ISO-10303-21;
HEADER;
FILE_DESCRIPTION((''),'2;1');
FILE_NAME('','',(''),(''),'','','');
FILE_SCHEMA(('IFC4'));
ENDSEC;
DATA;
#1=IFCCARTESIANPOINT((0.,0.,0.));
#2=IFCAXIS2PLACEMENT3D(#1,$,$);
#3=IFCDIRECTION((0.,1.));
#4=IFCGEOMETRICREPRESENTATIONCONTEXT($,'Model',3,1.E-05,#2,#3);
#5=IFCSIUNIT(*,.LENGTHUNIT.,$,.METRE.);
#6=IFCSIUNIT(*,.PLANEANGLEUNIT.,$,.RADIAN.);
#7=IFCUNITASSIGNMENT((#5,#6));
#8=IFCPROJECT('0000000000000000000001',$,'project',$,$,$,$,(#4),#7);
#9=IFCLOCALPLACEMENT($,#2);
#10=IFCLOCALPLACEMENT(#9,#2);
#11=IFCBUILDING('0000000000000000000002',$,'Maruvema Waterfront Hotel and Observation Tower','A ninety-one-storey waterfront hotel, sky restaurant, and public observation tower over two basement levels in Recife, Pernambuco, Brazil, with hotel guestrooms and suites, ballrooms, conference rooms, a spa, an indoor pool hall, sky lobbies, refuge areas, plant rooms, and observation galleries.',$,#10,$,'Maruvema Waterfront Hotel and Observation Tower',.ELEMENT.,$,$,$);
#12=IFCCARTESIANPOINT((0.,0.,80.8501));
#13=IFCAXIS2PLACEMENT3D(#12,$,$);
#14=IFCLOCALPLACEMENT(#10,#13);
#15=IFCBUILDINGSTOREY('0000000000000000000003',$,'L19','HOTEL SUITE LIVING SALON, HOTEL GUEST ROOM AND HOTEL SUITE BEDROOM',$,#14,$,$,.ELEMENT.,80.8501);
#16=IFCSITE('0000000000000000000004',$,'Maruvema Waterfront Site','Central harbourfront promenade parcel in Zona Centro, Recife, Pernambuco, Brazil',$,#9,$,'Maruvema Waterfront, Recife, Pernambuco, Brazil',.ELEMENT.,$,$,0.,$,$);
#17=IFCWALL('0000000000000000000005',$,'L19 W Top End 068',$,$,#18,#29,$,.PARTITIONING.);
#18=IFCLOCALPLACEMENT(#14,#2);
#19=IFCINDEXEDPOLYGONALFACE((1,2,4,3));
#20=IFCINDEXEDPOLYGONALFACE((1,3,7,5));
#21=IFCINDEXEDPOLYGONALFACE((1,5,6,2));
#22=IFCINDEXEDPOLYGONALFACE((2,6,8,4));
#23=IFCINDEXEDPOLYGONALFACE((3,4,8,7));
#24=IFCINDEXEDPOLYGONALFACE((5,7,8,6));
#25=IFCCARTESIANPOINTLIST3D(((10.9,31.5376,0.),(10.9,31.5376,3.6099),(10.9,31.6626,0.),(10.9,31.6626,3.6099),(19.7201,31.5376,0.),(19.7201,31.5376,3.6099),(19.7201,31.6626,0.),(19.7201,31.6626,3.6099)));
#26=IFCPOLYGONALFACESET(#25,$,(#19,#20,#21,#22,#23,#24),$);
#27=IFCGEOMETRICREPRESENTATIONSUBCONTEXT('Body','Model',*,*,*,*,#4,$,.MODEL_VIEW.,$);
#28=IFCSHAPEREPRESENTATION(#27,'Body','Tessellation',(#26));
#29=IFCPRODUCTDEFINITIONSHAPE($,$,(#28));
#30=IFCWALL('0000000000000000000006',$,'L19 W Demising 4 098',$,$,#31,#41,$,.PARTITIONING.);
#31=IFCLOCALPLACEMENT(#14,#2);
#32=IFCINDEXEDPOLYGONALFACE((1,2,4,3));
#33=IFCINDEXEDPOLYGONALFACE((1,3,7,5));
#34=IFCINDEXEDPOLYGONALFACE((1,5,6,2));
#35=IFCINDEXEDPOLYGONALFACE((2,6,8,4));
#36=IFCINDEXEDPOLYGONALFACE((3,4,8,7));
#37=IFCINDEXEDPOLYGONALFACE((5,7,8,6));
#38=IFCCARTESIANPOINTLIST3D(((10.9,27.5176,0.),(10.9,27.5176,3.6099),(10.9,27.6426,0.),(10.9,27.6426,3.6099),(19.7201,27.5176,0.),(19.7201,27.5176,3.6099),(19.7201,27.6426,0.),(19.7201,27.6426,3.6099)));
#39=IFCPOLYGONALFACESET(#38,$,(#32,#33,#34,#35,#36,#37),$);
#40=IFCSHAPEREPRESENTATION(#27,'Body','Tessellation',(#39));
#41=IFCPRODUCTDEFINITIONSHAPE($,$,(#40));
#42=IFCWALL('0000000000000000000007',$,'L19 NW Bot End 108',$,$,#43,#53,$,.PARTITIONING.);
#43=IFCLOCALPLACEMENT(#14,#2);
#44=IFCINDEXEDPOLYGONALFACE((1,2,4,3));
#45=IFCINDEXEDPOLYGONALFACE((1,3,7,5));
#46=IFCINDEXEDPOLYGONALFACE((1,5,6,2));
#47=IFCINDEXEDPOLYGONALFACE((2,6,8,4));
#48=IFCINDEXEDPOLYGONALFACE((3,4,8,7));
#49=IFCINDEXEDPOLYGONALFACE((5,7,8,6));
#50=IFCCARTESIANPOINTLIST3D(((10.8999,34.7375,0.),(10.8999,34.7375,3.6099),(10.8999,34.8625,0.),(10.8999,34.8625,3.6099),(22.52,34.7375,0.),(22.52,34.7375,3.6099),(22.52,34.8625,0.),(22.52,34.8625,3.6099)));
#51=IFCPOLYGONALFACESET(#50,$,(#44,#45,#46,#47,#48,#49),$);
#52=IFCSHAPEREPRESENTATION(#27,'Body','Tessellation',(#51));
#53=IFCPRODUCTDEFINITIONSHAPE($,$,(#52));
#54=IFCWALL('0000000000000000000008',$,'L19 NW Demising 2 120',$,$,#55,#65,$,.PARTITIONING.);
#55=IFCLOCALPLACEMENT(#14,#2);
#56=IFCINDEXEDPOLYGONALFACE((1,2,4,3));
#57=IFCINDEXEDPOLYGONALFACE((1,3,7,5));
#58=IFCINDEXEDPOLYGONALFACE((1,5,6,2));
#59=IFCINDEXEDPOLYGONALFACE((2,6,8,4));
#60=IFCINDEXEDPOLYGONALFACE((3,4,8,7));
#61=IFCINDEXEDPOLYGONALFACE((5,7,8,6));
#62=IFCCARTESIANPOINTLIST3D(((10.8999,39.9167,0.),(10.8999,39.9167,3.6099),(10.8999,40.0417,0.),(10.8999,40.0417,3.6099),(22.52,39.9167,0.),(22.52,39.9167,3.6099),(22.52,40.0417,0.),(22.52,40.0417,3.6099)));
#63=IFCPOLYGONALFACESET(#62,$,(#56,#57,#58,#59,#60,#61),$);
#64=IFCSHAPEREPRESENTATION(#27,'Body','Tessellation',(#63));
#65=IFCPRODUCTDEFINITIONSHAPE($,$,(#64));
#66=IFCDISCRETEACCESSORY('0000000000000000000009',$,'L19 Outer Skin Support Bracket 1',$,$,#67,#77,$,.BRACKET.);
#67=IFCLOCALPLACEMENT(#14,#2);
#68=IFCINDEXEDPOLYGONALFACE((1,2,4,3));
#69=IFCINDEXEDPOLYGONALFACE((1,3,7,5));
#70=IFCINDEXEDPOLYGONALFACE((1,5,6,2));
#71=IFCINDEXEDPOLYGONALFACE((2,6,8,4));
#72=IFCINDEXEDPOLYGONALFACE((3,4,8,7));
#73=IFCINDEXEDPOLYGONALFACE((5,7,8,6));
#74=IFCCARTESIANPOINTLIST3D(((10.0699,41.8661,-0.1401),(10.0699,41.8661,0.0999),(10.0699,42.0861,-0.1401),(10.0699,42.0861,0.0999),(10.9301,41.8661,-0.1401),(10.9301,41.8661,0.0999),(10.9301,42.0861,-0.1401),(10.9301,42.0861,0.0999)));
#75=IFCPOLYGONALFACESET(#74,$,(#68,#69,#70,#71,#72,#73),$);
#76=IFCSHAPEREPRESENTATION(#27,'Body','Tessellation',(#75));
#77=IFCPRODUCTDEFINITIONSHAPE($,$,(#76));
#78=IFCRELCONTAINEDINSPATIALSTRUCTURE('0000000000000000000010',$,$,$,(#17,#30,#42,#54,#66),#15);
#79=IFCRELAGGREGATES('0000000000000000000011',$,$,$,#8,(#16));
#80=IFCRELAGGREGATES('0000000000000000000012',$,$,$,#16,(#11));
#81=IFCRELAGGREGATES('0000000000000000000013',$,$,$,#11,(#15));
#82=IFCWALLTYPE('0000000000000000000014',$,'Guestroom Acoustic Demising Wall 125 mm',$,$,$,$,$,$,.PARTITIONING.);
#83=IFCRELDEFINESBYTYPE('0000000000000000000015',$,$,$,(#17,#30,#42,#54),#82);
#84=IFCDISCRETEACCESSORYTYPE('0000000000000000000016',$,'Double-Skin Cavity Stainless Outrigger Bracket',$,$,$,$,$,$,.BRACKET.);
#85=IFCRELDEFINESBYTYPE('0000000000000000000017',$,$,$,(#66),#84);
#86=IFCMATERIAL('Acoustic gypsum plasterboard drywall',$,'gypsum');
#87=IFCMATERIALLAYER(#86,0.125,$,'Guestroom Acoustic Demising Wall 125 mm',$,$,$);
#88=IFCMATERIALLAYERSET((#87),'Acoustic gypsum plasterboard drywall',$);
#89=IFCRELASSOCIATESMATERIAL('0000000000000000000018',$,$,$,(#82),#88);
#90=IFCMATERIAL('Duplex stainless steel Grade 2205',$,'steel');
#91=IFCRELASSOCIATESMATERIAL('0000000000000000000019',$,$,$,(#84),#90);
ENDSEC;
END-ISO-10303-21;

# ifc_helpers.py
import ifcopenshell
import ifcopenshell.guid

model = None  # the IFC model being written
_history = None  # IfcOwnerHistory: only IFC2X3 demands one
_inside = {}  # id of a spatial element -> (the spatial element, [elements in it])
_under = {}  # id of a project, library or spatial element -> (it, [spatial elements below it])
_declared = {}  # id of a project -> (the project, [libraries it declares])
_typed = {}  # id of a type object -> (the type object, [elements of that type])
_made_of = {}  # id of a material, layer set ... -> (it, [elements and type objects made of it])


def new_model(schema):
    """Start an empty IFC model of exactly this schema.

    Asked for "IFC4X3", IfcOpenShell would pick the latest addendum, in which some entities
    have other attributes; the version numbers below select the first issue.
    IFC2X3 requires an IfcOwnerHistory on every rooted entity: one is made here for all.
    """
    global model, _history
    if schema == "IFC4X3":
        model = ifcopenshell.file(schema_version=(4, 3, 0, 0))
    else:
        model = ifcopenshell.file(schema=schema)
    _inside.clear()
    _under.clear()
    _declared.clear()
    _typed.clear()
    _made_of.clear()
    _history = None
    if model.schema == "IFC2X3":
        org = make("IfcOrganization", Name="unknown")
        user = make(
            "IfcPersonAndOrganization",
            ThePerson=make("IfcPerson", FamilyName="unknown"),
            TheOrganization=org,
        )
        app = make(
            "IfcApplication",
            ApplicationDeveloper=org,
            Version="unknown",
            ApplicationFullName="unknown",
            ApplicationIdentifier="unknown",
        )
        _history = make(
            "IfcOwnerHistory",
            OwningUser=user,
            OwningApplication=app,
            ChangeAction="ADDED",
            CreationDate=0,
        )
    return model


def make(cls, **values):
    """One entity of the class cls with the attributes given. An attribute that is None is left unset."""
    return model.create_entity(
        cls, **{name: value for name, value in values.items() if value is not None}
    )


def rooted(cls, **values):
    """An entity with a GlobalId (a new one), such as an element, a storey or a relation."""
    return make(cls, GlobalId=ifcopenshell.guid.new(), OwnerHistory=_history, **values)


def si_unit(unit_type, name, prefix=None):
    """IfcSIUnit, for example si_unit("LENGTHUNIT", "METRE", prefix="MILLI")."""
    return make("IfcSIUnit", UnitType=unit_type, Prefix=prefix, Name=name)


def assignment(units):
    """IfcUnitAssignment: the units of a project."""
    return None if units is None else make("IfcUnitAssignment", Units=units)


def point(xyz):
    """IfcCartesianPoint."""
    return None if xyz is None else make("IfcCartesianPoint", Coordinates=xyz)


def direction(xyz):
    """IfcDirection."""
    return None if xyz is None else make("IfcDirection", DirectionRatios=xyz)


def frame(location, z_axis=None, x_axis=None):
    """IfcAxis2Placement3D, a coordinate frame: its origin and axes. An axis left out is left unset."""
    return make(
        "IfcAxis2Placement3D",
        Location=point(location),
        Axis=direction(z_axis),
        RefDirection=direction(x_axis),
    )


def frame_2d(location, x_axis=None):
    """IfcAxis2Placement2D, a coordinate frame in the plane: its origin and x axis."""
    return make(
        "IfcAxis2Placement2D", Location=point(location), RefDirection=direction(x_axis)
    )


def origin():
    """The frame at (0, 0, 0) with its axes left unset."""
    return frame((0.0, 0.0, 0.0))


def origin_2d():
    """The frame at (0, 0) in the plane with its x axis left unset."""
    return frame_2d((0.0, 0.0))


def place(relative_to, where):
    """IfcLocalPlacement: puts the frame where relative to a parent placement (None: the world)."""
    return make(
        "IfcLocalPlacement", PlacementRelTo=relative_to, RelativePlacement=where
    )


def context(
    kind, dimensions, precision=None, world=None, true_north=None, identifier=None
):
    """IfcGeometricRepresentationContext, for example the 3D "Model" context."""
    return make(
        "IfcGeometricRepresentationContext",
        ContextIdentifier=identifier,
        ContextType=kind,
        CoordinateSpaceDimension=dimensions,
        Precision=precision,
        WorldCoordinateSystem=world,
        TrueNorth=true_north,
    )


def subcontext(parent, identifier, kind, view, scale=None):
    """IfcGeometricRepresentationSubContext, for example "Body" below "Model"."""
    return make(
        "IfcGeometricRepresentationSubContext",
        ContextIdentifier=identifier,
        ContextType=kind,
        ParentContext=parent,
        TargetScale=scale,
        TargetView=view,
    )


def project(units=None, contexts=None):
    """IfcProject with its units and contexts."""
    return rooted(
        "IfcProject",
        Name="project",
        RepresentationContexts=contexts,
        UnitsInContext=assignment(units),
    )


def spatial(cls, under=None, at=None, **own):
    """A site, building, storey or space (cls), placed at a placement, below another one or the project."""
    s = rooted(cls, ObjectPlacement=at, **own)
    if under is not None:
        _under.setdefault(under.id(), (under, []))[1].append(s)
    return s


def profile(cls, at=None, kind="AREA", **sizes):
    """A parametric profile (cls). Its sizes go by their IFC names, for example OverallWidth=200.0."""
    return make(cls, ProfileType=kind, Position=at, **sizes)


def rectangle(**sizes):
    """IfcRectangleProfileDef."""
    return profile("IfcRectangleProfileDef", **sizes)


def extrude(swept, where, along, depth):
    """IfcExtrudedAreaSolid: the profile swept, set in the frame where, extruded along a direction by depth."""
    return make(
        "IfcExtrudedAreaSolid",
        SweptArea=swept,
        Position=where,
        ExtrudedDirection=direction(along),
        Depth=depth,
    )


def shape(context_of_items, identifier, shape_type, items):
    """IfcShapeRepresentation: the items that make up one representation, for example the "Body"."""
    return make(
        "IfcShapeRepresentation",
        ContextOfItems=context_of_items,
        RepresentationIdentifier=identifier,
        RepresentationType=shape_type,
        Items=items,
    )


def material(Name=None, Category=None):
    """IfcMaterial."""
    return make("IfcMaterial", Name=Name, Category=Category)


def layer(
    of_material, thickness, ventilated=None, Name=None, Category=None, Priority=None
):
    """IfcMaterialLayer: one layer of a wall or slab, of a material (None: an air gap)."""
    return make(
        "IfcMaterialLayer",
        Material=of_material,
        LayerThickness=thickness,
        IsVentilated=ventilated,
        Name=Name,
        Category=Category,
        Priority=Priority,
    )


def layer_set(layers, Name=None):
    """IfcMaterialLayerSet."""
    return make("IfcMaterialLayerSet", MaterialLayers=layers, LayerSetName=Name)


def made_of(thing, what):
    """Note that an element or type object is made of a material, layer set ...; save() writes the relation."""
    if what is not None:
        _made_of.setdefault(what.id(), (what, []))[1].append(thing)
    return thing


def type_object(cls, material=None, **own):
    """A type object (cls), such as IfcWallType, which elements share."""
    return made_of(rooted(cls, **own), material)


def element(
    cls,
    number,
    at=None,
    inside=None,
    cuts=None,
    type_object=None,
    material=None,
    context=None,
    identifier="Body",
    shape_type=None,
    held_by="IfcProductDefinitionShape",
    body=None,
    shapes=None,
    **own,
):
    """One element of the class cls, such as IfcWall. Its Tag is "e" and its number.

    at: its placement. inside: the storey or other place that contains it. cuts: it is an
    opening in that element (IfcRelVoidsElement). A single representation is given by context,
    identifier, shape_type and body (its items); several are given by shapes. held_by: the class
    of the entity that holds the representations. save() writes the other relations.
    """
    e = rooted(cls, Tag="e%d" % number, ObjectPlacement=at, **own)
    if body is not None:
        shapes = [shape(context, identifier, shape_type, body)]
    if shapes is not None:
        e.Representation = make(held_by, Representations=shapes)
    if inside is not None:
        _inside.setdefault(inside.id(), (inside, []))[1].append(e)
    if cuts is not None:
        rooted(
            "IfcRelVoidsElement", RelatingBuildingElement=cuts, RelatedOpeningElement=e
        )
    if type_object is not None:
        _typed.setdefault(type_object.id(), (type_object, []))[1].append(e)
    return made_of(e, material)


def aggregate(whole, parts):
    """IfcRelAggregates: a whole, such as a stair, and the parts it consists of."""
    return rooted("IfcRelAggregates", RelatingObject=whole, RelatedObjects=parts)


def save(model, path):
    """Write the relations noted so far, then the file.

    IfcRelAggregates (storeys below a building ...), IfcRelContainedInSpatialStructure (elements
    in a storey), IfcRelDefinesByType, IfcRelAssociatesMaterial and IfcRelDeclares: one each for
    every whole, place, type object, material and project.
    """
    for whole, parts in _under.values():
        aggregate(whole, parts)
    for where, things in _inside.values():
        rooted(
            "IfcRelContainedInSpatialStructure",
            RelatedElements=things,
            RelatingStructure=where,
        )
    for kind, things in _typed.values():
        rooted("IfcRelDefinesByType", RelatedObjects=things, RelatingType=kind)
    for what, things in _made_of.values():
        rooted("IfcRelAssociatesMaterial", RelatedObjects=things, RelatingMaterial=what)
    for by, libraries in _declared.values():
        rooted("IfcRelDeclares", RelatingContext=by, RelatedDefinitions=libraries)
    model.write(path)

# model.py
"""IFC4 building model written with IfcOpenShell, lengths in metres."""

from ifc_helpers import new_model, si_unit, direction, frame, frame_2d, origin, origin_2d, place, context, subcontext, project, spatial, rectangle, extrude, material, layer, layer_set, type_object, element, save


model = new_model("IFC4")

# Units and contexts
model_context = context("Model", 3, precision=1e-05, world=origin(), true_north=direction((0.0, 1.0)))
body_context = subcontext(model_context, "Body", "Model", "MODEL_VIEW")
ifc_project = project(units=[si_unit("LENGTHUNIT", "METRE"), si_unit("PLANEANGLEUNIT", "RADIAN")], contexts=[model_context])

# Site, building, storey
site_placement = place(None, origin())
site = spatial("IfcSite", under=ifc_project, at=site_placement, Name="Maruvema Waterfront Site", Description="Central harbourfront promenade parcel in Zona Centro, Recife, Pernambuco, Brazil", LongName="Maruvema Waterfront, Recife, Pernambuco, Brazil", CompositionType="ELEMENT", RefElevation=0.0)
building_placement = place(site_placement, origin())
building = spatial("IfcBuilding", under=site, at=building_placement, Name="Maruvema Waterfront Hotel and Observation Tower", Description="A ninety-one-storey waterfront hotel, sky restaurant, and public observation tower over two basement levels in Recife, Pernambuco, Brazil, with hotel guestrooms and suites, ballrooms, conference rooms, a spa, an indoor pool hall, sky lobbies, refuge areas, plant rooms, and observation galleries.", LongName="Maruvema Waterfront Hotel and Observation Tower", CompositionType="ELEMENT")
storey_placement = place(building_placement, frame((0.0, 0.0, 80.8501)))
storey = spatial("IfcBuildingStorey", under=building, at=storey_placement, Name="L19", Description="HOTEL SUITE LIVING SALON, HOTEL GUEST ROOM AND HOTEL SUITE BEDROOM", CompositionType="ELEMENT", Elevation=80.8501)

# Walls
ifc_material_1 = material(Name="Acoustic gypsum plasterboard drywall", Category="gypsum")
ifc_layer_1 = layer(ifc_material_1, 0.125, Name="Guestroom Acoustic Demising Wall 125 mm")
ifc_layer_set_1 = layer_set([ifc_layer_1], Name="Acoustic gypsum plasterboard drywall")
wall_type_1 = type_object("IfcWallType", Name="Guestroom Acoustic Demising Wall 125 mm", PredefinedType="PARTITIONING", material=ifc_layer_set_1)
for number, where, z_axis, x_axis, name in (
    (1, (10.8999, 31.6001, 0.0), (0.0, 0.0, 1.0), (1.0, 0.0, 0.0), "L19 W Top End 068"),
    (2, (10.8999, 27.5801, 0.0), (0.0, 0.0, 1.0), (1.0, 0.0, 0.0), "L19 W Demising 4 098"),
):
    element("IfcWall", number, at=place(storey_placement, frame(where, z_axis=z_axis, x_axis=x_axis)), inside=storey, type_object=wall_type_1, Name=name, PredefinedType="PARTITIONING", context=body_context, shape_type="SweptSolid", body=[
        extrude(rectangle(XDim=8.8201, YDim=0.125, at=frame_2d((4.4102, 0.0))), origin(), (0.0, 0.0, 1.0), 3.6099),
    ])
for number, where, z_axis, x_axis, name in (
    (3, (10.8999, 34.8, 0.0), (0.0, 0.0, 1.0), (1.0, 0.0, 0.0), "L19 NW Bot End 108"),
    (4, (10.8999, 39.9792, 0.0), (0.0, 0.0, 1.0), (1.0, 0.0, 0.0), "L19 NW Demising 2 120"),
):
    element("IfcWall", number, at=place(storey_placement, frame(where, z_axis=z_axis, x_axis=x_axis)), inside=storey, type_object=wall_type_1, Name=name, PredefinedType="PARTITIONING", context=body_context, shape_type="SweptSolid", body=[
        extrude(rectangle(XDim=11.6201, YDim=0.125, at=frame_2d((5.8101, 0.0))), origin(), (0.0, 0.0, 1.0), 3.6099),
    ])

# Discrete accessory
ifc_material_2 = material(Name="Duplex stainless steel Grade 2205", Category="steel")
discrete_accessory_type = type_object("IfcDiscreteAccessoryType", Name="Double-Skin Cavity Stainless Outrigger Bracket", PredefinedType="BRACKET", material=ifc_material_2)
discrete_accessory_placement = place(storey_placement, frame((10.5, 41.9761, -0.1401), z_axis=(0.0, 0.0, 1.0), x_axis=(0.0, -1.0, 0.0)))
element("IfcDiscreteAccessory", 5, at=discrete_accessory_placement, inside=storey, type_object=discrete_accessory_type, Name="L19 Outer Skin Support Bracket 1", PredefinedType="BRACKET", context=body_context, shape_type="SweptSolid", body=[
    extrude(rectangle(XDim=0.22, YDim=0.8601, at=origin_2d()), origin(), (0.0, 0.0, 1.0), 0.24),
])

save(model, "model.ifc")
